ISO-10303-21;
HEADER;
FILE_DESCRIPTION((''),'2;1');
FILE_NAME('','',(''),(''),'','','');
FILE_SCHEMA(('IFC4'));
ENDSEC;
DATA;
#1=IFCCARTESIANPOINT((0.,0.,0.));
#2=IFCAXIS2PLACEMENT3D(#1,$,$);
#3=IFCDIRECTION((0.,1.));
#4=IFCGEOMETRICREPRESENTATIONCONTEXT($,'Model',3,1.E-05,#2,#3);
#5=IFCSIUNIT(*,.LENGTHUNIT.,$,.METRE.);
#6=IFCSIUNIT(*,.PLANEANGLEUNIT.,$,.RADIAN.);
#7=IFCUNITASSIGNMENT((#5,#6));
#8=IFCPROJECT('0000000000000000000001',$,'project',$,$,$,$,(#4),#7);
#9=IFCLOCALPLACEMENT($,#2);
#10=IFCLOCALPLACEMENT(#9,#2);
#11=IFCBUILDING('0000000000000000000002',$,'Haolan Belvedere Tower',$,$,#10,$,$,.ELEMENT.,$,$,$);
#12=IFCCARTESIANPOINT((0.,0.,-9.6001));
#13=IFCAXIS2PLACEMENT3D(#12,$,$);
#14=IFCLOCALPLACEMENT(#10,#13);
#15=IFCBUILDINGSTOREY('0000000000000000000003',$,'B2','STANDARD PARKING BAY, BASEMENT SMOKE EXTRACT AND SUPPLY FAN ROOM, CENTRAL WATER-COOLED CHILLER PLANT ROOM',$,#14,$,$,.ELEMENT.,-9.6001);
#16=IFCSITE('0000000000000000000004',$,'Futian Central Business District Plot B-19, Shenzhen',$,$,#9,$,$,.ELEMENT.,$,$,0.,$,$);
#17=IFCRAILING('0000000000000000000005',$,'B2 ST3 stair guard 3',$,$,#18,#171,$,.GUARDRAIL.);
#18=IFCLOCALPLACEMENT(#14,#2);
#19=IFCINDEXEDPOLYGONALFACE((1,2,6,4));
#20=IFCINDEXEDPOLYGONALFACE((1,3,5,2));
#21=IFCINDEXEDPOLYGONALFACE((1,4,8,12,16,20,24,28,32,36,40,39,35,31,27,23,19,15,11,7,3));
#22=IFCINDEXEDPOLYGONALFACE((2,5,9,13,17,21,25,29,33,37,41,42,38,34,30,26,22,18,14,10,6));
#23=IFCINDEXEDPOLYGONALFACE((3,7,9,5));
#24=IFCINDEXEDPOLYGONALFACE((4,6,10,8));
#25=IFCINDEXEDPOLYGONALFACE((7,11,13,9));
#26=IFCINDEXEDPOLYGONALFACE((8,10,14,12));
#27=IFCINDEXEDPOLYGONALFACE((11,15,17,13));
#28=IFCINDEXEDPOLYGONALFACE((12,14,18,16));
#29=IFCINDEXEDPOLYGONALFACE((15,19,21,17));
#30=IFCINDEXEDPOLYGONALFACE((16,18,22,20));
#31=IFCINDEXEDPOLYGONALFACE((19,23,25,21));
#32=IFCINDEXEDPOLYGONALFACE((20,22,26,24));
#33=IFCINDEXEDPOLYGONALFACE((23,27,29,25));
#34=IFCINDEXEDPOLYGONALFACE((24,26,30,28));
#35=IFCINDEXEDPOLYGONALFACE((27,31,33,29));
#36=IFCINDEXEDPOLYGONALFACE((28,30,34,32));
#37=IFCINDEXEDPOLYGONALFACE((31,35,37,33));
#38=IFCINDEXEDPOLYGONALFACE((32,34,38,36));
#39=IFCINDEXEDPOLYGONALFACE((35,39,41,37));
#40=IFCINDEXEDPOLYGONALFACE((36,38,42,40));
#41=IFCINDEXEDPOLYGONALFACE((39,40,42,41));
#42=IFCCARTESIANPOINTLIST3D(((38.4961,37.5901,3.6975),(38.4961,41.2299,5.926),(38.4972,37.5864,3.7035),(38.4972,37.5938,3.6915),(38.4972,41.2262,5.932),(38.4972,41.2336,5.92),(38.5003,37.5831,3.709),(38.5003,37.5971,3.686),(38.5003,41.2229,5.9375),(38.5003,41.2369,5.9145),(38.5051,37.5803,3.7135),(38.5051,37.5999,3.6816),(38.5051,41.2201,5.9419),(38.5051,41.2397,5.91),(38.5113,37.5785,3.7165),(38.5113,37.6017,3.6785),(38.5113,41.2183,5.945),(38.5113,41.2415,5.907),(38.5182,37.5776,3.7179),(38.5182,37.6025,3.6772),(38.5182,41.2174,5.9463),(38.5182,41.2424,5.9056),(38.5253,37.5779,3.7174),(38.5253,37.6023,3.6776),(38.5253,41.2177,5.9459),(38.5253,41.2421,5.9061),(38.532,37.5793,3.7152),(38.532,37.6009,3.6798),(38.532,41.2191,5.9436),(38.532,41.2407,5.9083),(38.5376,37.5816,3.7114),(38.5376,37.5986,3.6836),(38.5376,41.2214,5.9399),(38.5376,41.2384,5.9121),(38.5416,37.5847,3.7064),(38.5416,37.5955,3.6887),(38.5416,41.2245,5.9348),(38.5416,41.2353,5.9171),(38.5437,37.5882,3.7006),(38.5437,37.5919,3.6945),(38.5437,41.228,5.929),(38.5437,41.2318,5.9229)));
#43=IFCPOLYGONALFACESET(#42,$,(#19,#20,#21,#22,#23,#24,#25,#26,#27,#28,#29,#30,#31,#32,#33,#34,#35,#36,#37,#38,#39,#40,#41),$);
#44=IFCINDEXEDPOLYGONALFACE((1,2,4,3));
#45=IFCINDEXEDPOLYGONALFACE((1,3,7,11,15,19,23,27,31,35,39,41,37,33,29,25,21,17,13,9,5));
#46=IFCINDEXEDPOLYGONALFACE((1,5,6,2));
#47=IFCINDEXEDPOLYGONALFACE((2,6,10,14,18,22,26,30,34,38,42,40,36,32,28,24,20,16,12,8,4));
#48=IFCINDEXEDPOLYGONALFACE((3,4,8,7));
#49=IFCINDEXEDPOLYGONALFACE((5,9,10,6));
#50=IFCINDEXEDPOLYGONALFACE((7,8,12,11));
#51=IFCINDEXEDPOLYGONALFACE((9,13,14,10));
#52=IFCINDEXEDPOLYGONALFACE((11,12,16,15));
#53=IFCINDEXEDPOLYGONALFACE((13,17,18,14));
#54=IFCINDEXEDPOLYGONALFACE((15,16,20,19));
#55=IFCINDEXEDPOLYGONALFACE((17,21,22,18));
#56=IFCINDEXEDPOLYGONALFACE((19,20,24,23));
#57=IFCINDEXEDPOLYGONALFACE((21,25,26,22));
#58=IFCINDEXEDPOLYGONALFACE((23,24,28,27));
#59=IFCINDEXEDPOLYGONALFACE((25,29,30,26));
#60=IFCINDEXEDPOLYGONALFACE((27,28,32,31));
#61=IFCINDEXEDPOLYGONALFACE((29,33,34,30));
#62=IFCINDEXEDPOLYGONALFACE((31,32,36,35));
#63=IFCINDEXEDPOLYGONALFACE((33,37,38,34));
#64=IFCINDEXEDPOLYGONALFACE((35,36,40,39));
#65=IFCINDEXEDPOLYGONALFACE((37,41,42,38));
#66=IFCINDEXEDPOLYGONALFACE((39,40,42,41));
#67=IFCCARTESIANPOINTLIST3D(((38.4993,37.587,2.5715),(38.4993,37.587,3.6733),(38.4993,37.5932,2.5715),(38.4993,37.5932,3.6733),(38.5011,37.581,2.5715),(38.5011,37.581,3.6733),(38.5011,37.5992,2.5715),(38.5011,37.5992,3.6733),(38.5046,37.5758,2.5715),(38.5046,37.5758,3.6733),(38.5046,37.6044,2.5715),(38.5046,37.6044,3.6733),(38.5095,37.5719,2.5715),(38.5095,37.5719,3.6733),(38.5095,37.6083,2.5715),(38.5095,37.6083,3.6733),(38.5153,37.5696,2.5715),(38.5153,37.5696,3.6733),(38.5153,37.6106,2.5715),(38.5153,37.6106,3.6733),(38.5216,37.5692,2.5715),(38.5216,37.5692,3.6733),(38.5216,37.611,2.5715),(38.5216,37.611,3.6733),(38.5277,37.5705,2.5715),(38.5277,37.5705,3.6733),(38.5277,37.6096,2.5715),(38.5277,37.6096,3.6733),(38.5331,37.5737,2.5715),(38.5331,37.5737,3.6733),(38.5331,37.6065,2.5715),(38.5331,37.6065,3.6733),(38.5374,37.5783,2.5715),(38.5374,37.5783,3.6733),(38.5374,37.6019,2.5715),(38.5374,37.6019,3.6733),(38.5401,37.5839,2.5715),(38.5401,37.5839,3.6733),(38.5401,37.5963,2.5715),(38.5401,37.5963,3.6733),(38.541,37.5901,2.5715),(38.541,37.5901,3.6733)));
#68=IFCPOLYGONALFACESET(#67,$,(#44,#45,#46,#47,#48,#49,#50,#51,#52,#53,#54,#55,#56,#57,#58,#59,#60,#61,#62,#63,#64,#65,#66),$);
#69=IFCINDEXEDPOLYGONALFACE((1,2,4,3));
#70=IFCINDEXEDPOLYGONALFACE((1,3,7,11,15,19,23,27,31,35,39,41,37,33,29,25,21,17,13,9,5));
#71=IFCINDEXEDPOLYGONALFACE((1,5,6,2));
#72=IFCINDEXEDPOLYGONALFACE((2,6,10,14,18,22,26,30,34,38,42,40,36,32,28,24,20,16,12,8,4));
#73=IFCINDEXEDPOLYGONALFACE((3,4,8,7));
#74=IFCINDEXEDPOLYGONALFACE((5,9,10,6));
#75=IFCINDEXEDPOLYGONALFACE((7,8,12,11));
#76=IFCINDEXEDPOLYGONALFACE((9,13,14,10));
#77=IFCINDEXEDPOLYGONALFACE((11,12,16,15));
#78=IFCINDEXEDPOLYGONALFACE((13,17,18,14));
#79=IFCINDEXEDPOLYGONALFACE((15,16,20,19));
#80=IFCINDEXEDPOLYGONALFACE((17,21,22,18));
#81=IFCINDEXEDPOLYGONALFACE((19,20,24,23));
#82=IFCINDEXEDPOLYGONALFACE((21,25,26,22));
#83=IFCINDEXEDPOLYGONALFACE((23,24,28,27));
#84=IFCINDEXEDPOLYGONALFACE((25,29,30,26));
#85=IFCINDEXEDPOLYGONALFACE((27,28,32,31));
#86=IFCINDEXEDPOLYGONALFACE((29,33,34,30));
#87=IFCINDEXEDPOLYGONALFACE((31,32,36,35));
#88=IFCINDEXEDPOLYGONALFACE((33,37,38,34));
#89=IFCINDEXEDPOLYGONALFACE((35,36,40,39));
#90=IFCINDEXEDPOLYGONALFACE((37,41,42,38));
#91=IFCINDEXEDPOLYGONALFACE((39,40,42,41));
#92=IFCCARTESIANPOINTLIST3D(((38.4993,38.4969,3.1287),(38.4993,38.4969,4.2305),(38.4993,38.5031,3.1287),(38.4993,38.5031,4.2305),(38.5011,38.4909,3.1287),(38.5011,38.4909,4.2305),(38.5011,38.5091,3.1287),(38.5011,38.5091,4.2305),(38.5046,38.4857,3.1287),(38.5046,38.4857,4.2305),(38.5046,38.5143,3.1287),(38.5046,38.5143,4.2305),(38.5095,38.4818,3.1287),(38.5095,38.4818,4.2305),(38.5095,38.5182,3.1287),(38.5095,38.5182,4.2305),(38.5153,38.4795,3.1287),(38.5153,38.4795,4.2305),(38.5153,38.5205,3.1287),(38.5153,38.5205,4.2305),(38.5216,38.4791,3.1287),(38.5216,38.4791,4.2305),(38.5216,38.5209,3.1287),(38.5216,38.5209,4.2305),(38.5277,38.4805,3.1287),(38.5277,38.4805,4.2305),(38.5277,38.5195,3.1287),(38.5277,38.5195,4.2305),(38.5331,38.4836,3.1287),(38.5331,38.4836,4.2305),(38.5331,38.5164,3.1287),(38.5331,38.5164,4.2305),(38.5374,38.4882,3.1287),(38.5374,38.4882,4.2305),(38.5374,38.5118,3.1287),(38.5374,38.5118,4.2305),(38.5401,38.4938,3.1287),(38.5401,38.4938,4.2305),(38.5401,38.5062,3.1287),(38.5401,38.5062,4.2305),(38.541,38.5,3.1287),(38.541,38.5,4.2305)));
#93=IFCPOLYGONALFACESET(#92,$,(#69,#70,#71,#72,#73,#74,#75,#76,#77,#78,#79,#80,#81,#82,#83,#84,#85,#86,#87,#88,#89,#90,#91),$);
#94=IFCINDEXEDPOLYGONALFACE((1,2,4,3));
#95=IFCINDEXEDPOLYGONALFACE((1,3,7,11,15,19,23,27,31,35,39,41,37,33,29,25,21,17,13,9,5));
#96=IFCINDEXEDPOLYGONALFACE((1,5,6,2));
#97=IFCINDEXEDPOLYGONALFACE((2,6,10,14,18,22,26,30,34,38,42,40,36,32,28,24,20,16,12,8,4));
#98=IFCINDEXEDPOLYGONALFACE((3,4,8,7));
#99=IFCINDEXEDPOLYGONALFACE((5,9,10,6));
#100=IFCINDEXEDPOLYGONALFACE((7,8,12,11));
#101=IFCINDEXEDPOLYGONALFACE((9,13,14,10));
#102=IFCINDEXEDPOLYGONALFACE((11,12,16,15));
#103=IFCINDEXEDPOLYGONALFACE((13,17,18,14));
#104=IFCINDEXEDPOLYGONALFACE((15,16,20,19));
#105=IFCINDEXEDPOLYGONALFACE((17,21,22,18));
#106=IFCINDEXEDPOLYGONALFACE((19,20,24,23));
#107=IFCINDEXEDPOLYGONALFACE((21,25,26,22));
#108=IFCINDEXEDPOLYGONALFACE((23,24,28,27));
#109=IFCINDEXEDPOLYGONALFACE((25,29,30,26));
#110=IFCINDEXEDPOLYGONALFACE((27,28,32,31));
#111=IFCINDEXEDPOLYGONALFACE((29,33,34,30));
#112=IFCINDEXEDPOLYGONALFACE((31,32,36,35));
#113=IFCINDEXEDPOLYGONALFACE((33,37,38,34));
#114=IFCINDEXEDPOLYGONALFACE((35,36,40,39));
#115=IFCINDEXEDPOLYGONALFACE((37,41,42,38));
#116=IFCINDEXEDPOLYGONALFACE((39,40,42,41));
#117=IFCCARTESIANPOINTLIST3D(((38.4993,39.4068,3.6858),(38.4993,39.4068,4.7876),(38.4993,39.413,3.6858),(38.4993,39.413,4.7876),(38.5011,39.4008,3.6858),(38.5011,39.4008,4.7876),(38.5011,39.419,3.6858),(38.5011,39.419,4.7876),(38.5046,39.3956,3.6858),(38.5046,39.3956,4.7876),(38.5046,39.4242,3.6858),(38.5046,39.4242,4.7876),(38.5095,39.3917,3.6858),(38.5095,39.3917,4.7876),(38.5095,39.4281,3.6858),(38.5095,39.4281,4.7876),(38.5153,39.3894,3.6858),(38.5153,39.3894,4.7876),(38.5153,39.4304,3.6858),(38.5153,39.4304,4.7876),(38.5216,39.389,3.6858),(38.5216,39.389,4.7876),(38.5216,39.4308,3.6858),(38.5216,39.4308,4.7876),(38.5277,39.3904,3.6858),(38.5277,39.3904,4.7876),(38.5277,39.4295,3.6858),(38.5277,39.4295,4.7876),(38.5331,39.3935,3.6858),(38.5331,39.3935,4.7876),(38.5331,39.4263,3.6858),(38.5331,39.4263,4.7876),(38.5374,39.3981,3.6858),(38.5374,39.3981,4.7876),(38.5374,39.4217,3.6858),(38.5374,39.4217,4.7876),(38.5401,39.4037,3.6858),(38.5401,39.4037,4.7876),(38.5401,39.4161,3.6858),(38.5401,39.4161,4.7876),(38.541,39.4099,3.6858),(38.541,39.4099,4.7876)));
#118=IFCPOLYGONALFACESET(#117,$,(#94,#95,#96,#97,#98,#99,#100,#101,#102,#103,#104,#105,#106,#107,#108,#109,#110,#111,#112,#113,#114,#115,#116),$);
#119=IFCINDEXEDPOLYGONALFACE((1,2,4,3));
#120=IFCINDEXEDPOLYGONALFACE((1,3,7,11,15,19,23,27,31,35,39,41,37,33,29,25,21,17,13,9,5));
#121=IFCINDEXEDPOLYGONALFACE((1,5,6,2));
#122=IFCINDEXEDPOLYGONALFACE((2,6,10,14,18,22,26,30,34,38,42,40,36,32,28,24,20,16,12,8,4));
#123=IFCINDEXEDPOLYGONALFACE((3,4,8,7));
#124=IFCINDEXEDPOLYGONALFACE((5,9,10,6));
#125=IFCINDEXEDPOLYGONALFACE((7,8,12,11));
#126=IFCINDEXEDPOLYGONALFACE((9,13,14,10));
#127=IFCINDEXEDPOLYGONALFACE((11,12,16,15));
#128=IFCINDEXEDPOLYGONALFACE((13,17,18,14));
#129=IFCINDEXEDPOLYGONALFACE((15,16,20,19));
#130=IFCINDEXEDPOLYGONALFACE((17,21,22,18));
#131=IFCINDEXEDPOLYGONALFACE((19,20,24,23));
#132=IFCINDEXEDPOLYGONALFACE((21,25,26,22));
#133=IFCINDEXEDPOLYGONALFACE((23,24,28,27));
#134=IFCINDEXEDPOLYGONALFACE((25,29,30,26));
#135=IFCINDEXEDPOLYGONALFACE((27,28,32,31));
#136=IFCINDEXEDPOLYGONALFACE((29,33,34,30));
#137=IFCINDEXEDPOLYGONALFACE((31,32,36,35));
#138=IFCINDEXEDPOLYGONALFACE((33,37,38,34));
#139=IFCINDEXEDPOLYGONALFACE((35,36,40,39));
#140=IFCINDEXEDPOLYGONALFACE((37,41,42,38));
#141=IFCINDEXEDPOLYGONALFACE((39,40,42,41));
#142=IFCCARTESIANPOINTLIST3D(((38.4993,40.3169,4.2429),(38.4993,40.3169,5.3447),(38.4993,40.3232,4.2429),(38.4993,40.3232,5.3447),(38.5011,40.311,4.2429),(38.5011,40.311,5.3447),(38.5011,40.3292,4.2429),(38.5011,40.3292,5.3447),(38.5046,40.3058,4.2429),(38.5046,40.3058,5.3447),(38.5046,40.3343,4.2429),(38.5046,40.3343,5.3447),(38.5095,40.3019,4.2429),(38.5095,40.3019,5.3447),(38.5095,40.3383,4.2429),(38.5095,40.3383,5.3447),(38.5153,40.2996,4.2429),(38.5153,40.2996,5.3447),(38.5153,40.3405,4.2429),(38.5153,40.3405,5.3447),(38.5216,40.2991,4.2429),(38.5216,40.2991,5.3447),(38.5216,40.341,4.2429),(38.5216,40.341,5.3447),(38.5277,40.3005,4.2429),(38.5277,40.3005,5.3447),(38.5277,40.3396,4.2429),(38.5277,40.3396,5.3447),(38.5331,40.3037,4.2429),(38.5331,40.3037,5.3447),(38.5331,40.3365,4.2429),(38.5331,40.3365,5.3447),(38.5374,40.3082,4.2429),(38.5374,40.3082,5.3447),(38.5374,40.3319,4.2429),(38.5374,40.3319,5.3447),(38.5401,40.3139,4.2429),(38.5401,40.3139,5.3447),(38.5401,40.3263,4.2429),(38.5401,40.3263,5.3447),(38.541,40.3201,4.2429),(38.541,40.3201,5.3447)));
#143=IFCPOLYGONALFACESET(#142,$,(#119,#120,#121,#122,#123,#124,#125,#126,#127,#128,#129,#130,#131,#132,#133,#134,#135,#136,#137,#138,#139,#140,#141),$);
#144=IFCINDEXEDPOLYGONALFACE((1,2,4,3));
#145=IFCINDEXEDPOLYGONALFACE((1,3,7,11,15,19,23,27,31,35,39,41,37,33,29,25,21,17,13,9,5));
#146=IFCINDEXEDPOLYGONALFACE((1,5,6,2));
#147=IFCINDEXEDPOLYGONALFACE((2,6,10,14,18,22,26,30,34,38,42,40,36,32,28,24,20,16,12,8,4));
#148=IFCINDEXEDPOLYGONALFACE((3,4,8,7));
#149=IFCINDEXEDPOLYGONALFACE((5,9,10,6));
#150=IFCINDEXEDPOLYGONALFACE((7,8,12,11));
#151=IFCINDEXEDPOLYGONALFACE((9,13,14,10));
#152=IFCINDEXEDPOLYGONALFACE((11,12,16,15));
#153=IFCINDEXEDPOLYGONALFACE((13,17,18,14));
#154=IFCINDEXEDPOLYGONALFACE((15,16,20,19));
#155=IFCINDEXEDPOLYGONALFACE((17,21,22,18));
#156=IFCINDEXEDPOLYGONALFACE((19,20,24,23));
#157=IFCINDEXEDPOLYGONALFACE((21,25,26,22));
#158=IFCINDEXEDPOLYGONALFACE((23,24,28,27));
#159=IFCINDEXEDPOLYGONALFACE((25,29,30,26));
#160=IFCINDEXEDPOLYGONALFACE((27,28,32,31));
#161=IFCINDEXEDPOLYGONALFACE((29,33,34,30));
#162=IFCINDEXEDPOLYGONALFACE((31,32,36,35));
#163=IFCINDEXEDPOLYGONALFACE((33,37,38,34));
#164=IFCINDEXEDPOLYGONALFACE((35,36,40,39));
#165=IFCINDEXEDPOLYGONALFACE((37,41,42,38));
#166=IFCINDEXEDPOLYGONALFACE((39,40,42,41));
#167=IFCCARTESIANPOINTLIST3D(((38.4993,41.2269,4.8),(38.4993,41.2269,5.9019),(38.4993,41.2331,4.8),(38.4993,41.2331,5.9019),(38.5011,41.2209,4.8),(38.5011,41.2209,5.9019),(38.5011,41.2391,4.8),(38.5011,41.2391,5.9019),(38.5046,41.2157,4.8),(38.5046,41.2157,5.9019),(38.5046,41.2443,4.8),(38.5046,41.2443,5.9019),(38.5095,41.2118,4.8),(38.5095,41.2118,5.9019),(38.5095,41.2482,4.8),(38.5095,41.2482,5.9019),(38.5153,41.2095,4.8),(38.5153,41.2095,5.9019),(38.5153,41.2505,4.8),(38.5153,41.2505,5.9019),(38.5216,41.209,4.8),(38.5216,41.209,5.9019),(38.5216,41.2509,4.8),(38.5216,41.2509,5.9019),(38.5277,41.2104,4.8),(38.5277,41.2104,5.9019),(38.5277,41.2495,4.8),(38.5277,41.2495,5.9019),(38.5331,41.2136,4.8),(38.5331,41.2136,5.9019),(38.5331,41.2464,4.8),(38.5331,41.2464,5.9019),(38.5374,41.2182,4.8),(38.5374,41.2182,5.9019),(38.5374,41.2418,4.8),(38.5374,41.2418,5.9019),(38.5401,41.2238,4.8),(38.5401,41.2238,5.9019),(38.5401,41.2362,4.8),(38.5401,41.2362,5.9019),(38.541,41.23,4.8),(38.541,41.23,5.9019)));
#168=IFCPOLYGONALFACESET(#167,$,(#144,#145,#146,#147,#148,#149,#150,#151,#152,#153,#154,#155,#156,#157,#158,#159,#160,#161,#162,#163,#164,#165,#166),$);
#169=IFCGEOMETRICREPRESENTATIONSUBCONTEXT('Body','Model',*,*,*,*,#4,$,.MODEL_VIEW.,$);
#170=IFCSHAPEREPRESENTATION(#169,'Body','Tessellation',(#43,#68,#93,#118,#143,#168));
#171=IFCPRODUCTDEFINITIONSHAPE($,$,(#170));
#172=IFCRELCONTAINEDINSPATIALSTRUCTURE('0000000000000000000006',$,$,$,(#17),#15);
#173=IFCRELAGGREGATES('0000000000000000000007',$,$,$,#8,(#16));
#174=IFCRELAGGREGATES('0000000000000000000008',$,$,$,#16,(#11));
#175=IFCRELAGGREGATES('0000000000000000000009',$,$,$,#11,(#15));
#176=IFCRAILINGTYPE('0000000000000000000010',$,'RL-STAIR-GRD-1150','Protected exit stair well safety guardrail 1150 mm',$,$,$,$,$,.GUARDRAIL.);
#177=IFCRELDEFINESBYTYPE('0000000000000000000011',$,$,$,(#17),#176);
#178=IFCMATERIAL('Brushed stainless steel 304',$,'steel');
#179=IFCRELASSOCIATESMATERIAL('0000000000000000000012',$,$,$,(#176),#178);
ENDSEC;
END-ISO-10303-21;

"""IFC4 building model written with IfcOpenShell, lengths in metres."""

from ifc_helpers import new_model, si_unit, direction, frame, origin, origin_2d, place, context, subcontext, project, spatial, circle, extrude, material, type_object, element, save


model = new_model("IFC4")

# Units and contexts
model_context = context("Model", 3, precision=1e-05, world=origin(), true_north=direction((0.0, 1.0)))
body_context = subcontext(model_context, "Body", "Model", "MODEL_VIEW")
ifc_project = project(units=[si_unit("LENGTHUNIT", "METRE"), si_unit("PLANEANGLEUNIT", "RADIAN")], contexts=[model_context])

# Site, building, storey
site_placement = place(None, origin())
site = spatial("IfcSite", under=ifc_project, at=site_placement, Name="Futian Central Business District Plot B-19, Shenzhen", CompositionType="ELEMENT", RefElevation=0.0)
building_placement = place(site_placement, origin())
building = spatial("IfcBuilding", under=site, at=building_placement, Name="Haolan Belvedere Tower", CompositionType="ELEMENT")
storey_placement = place(building_placement, frame((0.0, 0.0, -9.6001)))
storey = spatial("IfcBuildingStorey", under=building, at=storey_placement, Name="B2", Description="STANDARD PARKING BAY, BASEMENT SMOKE EXTRACT AND SUPPLY FAN ROOM, CENTRAL WATER-COOLED CHILLER PLANT ROOM", CompositionType="ELEMENT", Elevation=-9.6001)

# Railing
ifc_material_1 = material(Name="Brushed stainless steel 304", Category="steel")
railing_type_1 = type_object("IfcRailingType", Name="RL-STAIR-GRD-1150", Description="Protected exit stair well safety guardrail 1150 mm", PredefinedType="GUARDRAIL", material=ifc_material_1)
railing_1_placement = place(storey_placement, frame((38.52, 37.5901, 2.5715)))
element("IfcRailing", 1, at=railing_1_placement, inside=storey, type_object=railing_type_1, Name="B2 ST3 stair guard 3", PredefinedType="GUARDRAIL", context=body_context, shape_type="SweptSolid", body=[
    extrude(circle(Radius=0.0239, at=origin_2d()), frame((0.0, 0.0, 1.126), z_axis=(0.0, 0.85285, 0.522156), x_axis=(-1.0, 0.0, 0.0)), (0.0, 0.0, 1.0), 4.2678),
    extrude(circle(Radius=0.021, at=origin_2d()), origin(), (0.0, 0.0, 1.0), 1.1018),
    extrude(circle(Radius=0.021, at=origin_2d()), frame((0.0, 0.9099, 0.5571)), (0.0, 0.0, 1.0), 1.1018),
    extrude(circle(Radius=0.021, at=origin_2d()), frame((0.0, 1.8198, 1.1143)), (0.0, 0.0, 1.0), 1.1018),
    extrude(circle(Radius=0.021, at=origin_2d()), frame((0.0, 2.73, 1.6714)), (0.0, 0.0, 1.0), 1.1018),
    extrude(circle(Radius=0.021, at=origin_2d()), frame((0.0, 3.6399, 2.2285)), (0.0, 0.0, 1.0), 1.1018),
])

save(model, "model.ifc")
